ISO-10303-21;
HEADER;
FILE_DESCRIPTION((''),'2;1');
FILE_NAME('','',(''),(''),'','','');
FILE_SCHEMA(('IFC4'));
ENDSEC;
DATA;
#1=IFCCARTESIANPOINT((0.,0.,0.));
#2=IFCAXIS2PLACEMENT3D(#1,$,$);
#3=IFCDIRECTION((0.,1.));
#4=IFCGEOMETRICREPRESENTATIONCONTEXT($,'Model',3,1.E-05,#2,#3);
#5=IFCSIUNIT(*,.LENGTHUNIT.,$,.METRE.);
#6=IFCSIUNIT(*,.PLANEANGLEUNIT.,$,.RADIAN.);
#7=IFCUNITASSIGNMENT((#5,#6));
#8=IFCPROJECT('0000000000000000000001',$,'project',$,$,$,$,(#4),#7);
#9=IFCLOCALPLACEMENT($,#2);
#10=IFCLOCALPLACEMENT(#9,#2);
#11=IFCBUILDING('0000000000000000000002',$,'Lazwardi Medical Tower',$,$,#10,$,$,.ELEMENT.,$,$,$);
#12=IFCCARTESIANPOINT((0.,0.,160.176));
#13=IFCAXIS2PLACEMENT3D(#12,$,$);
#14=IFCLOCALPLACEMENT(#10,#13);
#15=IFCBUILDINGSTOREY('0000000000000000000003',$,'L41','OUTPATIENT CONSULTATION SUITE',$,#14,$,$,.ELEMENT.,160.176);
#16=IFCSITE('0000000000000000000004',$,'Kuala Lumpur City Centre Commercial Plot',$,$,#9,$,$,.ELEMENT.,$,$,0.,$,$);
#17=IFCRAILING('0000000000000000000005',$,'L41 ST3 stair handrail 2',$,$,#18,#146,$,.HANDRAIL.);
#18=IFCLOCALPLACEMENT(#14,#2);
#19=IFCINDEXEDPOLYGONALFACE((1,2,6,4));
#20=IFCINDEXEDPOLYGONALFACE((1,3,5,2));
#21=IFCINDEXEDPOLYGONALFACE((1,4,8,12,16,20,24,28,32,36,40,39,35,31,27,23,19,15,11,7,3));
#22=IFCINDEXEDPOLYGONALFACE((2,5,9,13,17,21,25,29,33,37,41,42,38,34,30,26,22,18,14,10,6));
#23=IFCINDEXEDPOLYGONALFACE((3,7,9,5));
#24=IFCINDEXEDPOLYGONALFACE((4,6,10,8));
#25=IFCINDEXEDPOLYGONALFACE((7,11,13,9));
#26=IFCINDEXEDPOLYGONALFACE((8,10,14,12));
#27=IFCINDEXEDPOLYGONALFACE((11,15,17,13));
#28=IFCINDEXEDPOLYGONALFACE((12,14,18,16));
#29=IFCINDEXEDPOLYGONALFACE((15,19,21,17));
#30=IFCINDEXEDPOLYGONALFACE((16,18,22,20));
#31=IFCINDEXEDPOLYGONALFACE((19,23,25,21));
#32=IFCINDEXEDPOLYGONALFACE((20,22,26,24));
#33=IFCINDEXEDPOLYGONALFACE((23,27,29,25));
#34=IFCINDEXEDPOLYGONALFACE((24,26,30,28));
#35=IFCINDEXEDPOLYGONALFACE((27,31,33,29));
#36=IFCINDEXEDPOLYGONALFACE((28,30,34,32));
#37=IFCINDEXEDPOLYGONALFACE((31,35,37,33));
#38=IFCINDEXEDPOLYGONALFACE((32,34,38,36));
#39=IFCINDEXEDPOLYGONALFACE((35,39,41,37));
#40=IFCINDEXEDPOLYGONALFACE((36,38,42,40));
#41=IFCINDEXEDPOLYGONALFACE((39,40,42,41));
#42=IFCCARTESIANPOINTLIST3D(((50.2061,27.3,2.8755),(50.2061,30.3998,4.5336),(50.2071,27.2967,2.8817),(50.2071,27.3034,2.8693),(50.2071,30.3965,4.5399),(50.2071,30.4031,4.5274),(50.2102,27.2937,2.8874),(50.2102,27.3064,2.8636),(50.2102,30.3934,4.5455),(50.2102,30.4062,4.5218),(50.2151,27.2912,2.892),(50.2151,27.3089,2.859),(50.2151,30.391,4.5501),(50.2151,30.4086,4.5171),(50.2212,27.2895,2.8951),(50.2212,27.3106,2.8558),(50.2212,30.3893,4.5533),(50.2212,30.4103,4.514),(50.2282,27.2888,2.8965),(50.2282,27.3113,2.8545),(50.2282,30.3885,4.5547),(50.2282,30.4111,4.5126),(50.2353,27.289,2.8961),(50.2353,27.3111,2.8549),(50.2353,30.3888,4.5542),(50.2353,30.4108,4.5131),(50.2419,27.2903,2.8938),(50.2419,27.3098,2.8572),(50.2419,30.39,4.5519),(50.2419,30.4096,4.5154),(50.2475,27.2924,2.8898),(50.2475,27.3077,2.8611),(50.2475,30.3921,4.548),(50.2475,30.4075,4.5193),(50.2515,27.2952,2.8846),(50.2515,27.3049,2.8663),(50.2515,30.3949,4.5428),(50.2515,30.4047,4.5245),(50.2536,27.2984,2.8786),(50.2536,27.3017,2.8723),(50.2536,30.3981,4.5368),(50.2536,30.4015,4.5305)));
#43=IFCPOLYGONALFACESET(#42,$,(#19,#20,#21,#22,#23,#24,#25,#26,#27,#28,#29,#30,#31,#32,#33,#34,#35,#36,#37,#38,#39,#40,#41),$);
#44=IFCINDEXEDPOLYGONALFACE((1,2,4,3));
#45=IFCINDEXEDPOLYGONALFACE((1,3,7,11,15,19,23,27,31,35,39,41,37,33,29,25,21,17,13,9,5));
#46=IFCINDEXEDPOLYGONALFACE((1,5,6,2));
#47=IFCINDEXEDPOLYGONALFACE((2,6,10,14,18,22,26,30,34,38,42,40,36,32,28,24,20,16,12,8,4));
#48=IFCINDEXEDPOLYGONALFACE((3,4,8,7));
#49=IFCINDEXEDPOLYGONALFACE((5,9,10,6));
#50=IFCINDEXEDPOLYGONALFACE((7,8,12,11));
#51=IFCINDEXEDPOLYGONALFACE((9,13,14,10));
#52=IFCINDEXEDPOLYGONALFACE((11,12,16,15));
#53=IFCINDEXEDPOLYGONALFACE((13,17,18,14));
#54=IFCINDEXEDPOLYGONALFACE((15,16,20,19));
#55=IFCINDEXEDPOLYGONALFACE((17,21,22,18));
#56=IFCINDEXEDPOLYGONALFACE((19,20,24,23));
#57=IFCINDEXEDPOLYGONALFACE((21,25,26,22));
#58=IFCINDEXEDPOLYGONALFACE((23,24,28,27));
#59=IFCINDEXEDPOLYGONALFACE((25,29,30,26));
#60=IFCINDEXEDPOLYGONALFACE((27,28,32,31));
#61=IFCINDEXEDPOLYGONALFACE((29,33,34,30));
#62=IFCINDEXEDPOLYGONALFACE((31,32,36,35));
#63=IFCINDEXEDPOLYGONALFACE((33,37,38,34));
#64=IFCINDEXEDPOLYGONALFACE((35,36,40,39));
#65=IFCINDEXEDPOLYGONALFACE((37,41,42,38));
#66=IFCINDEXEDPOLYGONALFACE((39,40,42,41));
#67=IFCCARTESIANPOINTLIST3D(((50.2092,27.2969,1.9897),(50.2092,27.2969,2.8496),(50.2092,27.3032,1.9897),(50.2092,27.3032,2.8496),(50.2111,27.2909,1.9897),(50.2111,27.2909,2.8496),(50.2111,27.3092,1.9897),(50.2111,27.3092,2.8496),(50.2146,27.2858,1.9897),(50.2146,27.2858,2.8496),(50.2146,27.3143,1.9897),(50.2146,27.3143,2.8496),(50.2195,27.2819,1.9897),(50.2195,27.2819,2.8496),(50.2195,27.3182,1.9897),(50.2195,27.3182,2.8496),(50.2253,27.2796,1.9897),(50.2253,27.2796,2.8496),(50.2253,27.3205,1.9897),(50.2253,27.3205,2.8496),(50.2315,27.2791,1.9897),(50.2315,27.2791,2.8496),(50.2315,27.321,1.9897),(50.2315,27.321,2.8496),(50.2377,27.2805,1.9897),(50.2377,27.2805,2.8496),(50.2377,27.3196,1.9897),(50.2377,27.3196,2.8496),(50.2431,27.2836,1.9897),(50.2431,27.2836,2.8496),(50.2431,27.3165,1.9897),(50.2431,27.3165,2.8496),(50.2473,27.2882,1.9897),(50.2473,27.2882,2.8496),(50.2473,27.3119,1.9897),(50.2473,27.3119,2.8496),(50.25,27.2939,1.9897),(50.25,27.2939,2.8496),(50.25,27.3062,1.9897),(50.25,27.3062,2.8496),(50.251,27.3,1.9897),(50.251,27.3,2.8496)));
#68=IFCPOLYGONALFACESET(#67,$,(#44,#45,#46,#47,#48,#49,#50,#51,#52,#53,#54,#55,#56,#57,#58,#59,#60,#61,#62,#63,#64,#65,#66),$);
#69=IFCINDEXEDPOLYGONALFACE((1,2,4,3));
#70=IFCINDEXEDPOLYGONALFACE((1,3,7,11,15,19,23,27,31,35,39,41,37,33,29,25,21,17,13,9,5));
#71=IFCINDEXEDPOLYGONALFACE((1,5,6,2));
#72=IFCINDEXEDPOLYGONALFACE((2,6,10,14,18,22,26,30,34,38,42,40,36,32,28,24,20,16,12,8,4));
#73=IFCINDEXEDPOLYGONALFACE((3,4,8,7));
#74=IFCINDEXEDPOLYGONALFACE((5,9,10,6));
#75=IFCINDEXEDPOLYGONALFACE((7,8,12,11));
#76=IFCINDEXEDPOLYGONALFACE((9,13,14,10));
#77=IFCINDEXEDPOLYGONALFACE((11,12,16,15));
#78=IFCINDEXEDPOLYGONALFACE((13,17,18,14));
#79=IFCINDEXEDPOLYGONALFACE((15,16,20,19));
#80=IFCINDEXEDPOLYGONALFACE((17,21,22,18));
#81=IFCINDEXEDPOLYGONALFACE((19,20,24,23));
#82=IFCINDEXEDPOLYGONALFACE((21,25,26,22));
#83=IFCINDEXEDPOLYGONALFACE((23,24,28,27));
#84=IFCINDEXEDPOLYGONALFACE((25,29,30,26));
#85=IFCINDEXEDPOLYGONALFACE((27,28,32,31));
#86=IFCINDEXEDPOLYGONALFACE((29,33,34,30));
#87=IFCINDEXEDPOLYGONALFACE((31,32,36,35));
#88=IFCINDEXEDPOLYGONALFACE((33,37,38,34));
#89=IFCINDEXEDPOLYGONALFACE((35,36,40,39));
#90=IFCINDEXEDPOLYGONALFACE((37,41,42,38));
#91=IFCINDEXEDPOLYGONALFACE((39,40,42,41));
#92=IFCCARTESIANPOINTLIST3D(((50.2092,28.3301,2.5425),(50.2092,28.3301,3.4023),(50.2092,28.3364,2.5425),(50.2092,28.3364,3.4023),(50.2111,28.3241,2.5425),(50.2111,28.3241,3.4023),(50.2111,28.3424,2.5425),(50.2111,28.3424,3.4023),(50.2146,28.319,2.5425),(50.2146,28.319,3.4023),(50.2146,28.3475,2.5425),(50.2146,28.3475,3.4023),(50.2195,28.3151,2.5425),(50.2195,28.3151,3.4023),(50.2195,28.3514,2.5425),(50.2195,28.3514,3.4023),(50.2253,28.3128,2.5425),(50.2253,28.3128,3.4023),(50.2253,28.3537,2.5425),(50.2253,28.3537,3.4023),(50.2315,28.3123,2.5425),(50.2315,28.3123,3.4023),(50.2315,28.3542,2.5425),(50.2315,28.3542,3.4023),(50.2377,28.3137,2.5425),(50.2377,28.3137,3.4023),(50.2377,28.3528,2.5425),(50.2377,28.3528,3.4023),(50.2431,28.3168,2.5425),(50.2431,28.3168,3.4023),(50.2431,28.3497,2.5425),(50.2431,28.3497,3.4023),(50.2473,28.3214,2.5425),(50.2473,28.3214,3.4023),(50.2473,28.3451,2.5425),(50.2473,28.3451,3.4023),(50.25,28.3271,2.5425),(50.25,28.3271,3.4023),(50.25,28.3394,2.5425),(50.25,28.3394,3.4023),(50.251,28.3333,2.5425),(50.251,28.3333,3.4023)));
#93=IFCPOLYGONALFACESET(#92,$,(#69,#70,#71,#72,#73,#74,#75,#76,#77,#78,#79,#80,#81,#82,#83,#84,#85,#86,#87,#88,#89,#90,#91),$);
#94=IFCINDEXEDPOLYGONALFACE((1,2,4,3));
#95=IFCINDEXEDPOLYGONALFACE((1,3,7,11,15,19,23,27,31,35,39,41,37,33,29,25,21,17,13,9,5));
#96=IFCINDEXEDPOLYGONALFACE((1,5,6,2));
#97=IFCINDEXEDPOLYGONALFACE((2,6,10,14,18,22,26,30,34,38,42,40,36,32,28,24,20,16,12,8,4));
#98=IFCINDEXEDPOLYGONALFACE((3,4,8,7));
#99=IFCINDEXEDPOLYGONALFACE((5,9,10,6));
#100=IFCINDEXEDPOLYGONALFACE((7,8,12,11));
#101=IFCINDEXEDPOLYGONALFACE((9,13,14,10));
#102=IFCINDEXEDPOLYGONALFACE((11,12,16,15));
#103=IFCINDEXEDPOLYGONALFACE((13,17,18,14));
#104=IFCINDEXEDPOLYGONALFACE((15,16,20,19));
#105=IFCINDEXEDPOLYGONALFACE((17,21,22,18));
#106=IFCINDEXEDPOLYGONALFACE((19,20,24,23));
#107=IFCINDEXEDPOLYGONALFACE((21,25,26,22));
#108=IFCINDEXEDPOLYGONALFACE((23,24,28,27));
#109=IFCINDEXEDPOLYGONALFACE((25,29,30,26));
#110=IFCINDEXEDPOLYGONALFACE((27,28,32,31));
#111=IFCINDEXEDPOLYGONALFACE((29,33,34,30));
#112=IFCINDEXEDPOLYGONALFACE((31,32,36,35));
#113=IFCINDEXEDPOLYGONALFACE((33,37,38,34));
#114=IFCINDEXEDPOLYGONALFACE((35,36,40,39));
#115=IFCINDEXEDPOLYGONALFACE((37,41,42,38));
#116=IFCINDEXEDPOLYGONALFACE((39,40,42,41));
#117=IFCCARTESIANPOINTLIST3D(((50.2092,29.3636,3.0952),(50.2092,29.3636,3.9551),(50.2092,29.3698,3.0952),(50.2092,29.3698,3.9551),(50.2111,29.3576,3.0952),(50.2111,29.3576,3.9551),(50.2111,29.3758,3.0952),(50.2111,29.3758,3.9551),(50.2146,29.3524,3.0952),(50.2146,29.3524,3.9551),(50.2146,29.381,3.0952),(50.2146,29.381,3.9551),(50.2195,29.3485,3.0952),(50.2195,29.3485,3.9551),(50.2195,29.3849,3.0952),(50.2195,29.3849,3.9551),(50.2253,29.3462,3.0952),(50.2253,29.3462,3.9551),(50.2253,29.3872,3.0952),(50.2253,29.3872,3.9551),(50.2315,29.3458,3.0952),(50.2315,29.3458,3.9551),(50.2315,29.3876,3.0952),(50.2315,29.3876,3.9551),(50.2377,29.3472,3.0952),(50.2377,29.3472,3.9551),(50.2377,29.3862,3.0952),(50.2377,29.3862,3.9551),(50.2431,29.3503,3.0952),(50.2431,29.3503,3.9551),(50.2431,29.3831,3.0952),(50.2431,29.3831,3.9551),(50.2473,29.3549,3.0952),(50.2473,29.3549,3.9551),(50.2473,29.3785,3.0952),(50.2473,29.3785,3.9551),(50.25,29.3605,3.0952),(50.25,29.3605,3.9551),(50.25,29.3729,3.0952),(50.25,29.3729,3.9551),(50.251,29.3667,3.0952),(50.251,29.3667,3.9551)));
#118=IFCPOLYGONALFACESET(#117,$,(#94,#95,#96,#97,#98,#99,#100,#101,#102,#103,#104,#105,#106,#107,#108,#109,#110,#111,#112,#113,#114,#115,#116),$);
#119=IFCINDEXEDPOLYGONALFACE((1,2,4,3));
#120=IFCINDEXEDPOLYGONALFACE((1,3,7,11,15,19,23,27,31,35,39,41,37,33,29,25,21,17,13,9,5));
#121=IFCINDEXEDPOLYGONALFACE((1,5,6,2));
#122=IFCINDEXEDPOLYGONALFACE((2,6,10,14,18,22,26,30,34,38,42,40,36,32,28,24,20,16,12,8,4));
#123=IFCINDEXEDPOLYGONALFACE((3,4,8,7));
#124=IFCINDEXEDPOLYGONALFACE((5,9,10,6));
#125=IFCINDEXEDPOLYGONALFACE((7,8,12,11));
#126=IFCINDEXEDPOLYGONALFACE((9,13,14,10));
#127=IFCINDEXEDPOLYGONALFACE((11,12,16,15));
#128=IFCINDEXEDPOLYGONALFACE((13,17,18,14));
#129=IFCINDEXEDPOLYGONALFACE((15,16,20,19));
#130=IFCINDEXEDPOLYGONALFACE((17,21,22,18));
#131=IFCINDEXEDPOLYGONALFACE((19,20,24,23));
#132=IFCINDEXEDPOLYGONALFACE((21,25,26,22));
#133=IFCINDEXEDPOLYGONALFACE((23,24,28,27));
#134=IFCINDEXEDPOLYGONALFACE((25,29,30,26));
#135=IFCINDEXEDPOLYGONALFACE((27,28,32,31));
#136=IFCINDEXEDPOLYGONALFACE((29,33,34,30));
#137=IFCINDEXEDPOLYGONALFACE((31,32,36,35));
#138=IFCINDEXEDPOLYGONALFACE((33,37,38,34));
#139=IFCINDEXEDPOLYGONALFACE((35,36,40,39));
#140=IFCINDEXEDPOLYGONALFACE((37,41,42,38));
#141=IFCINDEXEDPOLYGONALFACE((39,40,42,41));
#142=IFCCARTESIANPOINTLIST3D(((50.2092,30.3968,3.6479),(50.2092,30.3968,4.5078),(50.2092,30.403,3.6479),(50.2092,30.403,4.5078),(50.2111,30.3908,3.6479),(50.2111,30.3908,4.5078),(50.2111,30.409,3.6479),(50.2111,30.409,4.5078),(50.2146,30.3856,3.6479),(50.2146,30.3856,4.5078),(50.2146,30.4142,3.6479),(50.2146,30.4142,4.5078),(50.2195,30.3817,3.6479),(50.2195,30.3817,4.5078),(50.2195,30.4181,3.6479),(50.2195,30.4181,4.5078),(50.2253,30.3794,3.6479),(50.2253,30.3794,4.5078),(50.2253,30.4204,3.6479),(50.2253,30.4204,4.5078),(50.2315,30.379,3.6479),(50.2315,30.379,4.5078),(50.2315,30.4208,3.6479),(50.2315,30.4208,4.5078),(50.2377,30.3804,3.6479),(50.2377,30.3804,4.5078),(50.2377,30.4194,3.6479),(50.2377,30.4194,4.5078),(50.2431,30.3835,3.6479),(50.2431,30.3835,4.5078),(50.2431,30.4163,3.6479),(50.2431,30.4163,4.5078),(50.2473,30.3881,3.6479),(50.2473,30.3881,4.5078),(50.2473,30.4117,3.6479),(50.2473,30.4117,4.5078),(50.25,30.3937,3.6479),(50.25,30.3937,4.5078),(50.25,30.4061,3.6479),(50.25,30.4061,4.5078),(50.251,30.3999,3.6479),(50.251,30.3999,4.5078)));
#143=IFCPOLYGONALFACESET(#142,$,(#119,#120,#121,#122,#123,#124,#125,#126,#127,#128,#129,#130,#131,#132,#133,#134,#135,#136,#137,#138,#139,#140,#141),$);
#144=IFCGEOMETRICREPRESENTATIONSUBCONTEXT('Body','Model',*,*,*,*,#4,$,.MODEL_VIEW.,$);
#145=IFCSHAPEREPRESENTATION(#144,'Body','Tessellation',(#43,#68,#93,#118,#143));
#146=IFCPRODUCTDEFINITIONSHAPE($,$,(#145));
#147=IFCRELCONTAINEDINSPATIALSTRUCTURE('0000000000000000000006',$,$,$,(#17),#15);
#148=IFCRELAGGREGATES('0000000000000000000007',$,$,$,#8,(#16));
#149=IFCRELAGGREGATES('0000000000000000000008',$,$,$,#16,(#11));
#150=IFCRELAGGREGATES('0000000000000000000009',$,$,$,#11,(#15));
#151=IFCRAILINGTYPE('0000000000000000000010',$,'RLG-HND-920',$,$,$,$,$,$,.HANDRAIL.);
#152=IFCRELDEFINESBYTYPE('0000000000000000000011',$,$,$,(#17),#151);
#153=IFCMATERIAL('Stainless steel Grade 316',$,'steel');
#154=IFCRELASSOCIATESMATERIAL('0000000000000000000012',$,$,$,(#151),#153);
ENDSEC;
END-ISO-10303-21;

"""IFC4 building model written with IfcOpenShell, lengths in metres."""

from ifc_helpers import new_model, si_unit, direction, frame, origin, origin_2d, place, context, subcontext, project, spatial, circle, extrude, material, type_object, element, save


model = new_model("IFC4")

# Units and contexts
model_context = context("Model", 3, precision=1e-05, world=origin(), true_north=direction((0.0, 1.0)))
body_context = subcontext(model_context, "Body", "Model", "MODEL_VIEW")
ifc_project = project(units=[si_unit("LENGTHUNIT", "METRE"), si_unit("PLANEANGLEUNIT", "RADIAN")], contexts=[model_context])

# Site, building, storey
site_placement = place(None, origin())
site = spatial("IfcSite", under=ifc_project, at=site_placement, Name="Kuala Lumpur City Centre Commercial Plot", CompositionType="ELEMENT", RefElevation=0.0)
building_placement = place(site_placement, origin())
building = spatial("IfcBuilding", under=site, at=building_placement, Name="Lazwardi Medical Tower", CompositionType="ELEMENT")
storey_placement = place(building_placement, frame((0.0, 0.0, 160.176)))
storey = spatial("IfcBuildingStorey", under=building, at=storey_placement, Name="L41", Description="OUTPATIENT CONSULTATION SUITE", CompositionType="ELEMENT", Elevation=160.176)

# Railing
ifc_material_1 = material(Name="Stainless steel Grade 316", Category="steel")
railing_type_1 = type_object("IfcRailingType", Name="RLG-HND-920", PredefinedType="HANDRAIL", material=ifc_material_1)
railing_1_placement = place(storey_placement, frame((50.23, 27.3, 1.9897)))
element("IfcRailing", 1, at=railing_1_placement, inside=storey, type_object=railing_type_1, Name="L41 ST3 stair handrail 2", PredefinedType="HANDRAIL", context=body_context, shape_type="SweptSolid", body=[
    extrude(circle(Radius=0.0239, at=origin_2d()), frame((0.0, 0.0, 0.8857), z_axis=(0.0, 0.881768, 0.471684), x_axis=(-1.0, 0.0, 0.0)), (0.0, 0.0, 1.0), 3.5154),
    extrude(circle(Radius=0.021, at=origin_2d()), origin(), (0.0, 0.0, 1.0), 0.8599),
    extrude(circle(Radius=0.021, at=origin_2d()), frame((0.0, 1.0332, 0.5527)), (0.0, 0.0, 1.0), 0.8599),
    extrude(circle(Radius=0.021, at=origin_2d()), frame((0.0, 2.0667, 1.1055)), (0.0, 0.0, 1.0), 0.8599),
    extrude(circle(Radius=0.021, at=origin_2d()), frame((0.0, 3.0999, 1.6582)), (0.0, 0.0, 1.0), 0.8599),
])

save(model, "model.ifc")
